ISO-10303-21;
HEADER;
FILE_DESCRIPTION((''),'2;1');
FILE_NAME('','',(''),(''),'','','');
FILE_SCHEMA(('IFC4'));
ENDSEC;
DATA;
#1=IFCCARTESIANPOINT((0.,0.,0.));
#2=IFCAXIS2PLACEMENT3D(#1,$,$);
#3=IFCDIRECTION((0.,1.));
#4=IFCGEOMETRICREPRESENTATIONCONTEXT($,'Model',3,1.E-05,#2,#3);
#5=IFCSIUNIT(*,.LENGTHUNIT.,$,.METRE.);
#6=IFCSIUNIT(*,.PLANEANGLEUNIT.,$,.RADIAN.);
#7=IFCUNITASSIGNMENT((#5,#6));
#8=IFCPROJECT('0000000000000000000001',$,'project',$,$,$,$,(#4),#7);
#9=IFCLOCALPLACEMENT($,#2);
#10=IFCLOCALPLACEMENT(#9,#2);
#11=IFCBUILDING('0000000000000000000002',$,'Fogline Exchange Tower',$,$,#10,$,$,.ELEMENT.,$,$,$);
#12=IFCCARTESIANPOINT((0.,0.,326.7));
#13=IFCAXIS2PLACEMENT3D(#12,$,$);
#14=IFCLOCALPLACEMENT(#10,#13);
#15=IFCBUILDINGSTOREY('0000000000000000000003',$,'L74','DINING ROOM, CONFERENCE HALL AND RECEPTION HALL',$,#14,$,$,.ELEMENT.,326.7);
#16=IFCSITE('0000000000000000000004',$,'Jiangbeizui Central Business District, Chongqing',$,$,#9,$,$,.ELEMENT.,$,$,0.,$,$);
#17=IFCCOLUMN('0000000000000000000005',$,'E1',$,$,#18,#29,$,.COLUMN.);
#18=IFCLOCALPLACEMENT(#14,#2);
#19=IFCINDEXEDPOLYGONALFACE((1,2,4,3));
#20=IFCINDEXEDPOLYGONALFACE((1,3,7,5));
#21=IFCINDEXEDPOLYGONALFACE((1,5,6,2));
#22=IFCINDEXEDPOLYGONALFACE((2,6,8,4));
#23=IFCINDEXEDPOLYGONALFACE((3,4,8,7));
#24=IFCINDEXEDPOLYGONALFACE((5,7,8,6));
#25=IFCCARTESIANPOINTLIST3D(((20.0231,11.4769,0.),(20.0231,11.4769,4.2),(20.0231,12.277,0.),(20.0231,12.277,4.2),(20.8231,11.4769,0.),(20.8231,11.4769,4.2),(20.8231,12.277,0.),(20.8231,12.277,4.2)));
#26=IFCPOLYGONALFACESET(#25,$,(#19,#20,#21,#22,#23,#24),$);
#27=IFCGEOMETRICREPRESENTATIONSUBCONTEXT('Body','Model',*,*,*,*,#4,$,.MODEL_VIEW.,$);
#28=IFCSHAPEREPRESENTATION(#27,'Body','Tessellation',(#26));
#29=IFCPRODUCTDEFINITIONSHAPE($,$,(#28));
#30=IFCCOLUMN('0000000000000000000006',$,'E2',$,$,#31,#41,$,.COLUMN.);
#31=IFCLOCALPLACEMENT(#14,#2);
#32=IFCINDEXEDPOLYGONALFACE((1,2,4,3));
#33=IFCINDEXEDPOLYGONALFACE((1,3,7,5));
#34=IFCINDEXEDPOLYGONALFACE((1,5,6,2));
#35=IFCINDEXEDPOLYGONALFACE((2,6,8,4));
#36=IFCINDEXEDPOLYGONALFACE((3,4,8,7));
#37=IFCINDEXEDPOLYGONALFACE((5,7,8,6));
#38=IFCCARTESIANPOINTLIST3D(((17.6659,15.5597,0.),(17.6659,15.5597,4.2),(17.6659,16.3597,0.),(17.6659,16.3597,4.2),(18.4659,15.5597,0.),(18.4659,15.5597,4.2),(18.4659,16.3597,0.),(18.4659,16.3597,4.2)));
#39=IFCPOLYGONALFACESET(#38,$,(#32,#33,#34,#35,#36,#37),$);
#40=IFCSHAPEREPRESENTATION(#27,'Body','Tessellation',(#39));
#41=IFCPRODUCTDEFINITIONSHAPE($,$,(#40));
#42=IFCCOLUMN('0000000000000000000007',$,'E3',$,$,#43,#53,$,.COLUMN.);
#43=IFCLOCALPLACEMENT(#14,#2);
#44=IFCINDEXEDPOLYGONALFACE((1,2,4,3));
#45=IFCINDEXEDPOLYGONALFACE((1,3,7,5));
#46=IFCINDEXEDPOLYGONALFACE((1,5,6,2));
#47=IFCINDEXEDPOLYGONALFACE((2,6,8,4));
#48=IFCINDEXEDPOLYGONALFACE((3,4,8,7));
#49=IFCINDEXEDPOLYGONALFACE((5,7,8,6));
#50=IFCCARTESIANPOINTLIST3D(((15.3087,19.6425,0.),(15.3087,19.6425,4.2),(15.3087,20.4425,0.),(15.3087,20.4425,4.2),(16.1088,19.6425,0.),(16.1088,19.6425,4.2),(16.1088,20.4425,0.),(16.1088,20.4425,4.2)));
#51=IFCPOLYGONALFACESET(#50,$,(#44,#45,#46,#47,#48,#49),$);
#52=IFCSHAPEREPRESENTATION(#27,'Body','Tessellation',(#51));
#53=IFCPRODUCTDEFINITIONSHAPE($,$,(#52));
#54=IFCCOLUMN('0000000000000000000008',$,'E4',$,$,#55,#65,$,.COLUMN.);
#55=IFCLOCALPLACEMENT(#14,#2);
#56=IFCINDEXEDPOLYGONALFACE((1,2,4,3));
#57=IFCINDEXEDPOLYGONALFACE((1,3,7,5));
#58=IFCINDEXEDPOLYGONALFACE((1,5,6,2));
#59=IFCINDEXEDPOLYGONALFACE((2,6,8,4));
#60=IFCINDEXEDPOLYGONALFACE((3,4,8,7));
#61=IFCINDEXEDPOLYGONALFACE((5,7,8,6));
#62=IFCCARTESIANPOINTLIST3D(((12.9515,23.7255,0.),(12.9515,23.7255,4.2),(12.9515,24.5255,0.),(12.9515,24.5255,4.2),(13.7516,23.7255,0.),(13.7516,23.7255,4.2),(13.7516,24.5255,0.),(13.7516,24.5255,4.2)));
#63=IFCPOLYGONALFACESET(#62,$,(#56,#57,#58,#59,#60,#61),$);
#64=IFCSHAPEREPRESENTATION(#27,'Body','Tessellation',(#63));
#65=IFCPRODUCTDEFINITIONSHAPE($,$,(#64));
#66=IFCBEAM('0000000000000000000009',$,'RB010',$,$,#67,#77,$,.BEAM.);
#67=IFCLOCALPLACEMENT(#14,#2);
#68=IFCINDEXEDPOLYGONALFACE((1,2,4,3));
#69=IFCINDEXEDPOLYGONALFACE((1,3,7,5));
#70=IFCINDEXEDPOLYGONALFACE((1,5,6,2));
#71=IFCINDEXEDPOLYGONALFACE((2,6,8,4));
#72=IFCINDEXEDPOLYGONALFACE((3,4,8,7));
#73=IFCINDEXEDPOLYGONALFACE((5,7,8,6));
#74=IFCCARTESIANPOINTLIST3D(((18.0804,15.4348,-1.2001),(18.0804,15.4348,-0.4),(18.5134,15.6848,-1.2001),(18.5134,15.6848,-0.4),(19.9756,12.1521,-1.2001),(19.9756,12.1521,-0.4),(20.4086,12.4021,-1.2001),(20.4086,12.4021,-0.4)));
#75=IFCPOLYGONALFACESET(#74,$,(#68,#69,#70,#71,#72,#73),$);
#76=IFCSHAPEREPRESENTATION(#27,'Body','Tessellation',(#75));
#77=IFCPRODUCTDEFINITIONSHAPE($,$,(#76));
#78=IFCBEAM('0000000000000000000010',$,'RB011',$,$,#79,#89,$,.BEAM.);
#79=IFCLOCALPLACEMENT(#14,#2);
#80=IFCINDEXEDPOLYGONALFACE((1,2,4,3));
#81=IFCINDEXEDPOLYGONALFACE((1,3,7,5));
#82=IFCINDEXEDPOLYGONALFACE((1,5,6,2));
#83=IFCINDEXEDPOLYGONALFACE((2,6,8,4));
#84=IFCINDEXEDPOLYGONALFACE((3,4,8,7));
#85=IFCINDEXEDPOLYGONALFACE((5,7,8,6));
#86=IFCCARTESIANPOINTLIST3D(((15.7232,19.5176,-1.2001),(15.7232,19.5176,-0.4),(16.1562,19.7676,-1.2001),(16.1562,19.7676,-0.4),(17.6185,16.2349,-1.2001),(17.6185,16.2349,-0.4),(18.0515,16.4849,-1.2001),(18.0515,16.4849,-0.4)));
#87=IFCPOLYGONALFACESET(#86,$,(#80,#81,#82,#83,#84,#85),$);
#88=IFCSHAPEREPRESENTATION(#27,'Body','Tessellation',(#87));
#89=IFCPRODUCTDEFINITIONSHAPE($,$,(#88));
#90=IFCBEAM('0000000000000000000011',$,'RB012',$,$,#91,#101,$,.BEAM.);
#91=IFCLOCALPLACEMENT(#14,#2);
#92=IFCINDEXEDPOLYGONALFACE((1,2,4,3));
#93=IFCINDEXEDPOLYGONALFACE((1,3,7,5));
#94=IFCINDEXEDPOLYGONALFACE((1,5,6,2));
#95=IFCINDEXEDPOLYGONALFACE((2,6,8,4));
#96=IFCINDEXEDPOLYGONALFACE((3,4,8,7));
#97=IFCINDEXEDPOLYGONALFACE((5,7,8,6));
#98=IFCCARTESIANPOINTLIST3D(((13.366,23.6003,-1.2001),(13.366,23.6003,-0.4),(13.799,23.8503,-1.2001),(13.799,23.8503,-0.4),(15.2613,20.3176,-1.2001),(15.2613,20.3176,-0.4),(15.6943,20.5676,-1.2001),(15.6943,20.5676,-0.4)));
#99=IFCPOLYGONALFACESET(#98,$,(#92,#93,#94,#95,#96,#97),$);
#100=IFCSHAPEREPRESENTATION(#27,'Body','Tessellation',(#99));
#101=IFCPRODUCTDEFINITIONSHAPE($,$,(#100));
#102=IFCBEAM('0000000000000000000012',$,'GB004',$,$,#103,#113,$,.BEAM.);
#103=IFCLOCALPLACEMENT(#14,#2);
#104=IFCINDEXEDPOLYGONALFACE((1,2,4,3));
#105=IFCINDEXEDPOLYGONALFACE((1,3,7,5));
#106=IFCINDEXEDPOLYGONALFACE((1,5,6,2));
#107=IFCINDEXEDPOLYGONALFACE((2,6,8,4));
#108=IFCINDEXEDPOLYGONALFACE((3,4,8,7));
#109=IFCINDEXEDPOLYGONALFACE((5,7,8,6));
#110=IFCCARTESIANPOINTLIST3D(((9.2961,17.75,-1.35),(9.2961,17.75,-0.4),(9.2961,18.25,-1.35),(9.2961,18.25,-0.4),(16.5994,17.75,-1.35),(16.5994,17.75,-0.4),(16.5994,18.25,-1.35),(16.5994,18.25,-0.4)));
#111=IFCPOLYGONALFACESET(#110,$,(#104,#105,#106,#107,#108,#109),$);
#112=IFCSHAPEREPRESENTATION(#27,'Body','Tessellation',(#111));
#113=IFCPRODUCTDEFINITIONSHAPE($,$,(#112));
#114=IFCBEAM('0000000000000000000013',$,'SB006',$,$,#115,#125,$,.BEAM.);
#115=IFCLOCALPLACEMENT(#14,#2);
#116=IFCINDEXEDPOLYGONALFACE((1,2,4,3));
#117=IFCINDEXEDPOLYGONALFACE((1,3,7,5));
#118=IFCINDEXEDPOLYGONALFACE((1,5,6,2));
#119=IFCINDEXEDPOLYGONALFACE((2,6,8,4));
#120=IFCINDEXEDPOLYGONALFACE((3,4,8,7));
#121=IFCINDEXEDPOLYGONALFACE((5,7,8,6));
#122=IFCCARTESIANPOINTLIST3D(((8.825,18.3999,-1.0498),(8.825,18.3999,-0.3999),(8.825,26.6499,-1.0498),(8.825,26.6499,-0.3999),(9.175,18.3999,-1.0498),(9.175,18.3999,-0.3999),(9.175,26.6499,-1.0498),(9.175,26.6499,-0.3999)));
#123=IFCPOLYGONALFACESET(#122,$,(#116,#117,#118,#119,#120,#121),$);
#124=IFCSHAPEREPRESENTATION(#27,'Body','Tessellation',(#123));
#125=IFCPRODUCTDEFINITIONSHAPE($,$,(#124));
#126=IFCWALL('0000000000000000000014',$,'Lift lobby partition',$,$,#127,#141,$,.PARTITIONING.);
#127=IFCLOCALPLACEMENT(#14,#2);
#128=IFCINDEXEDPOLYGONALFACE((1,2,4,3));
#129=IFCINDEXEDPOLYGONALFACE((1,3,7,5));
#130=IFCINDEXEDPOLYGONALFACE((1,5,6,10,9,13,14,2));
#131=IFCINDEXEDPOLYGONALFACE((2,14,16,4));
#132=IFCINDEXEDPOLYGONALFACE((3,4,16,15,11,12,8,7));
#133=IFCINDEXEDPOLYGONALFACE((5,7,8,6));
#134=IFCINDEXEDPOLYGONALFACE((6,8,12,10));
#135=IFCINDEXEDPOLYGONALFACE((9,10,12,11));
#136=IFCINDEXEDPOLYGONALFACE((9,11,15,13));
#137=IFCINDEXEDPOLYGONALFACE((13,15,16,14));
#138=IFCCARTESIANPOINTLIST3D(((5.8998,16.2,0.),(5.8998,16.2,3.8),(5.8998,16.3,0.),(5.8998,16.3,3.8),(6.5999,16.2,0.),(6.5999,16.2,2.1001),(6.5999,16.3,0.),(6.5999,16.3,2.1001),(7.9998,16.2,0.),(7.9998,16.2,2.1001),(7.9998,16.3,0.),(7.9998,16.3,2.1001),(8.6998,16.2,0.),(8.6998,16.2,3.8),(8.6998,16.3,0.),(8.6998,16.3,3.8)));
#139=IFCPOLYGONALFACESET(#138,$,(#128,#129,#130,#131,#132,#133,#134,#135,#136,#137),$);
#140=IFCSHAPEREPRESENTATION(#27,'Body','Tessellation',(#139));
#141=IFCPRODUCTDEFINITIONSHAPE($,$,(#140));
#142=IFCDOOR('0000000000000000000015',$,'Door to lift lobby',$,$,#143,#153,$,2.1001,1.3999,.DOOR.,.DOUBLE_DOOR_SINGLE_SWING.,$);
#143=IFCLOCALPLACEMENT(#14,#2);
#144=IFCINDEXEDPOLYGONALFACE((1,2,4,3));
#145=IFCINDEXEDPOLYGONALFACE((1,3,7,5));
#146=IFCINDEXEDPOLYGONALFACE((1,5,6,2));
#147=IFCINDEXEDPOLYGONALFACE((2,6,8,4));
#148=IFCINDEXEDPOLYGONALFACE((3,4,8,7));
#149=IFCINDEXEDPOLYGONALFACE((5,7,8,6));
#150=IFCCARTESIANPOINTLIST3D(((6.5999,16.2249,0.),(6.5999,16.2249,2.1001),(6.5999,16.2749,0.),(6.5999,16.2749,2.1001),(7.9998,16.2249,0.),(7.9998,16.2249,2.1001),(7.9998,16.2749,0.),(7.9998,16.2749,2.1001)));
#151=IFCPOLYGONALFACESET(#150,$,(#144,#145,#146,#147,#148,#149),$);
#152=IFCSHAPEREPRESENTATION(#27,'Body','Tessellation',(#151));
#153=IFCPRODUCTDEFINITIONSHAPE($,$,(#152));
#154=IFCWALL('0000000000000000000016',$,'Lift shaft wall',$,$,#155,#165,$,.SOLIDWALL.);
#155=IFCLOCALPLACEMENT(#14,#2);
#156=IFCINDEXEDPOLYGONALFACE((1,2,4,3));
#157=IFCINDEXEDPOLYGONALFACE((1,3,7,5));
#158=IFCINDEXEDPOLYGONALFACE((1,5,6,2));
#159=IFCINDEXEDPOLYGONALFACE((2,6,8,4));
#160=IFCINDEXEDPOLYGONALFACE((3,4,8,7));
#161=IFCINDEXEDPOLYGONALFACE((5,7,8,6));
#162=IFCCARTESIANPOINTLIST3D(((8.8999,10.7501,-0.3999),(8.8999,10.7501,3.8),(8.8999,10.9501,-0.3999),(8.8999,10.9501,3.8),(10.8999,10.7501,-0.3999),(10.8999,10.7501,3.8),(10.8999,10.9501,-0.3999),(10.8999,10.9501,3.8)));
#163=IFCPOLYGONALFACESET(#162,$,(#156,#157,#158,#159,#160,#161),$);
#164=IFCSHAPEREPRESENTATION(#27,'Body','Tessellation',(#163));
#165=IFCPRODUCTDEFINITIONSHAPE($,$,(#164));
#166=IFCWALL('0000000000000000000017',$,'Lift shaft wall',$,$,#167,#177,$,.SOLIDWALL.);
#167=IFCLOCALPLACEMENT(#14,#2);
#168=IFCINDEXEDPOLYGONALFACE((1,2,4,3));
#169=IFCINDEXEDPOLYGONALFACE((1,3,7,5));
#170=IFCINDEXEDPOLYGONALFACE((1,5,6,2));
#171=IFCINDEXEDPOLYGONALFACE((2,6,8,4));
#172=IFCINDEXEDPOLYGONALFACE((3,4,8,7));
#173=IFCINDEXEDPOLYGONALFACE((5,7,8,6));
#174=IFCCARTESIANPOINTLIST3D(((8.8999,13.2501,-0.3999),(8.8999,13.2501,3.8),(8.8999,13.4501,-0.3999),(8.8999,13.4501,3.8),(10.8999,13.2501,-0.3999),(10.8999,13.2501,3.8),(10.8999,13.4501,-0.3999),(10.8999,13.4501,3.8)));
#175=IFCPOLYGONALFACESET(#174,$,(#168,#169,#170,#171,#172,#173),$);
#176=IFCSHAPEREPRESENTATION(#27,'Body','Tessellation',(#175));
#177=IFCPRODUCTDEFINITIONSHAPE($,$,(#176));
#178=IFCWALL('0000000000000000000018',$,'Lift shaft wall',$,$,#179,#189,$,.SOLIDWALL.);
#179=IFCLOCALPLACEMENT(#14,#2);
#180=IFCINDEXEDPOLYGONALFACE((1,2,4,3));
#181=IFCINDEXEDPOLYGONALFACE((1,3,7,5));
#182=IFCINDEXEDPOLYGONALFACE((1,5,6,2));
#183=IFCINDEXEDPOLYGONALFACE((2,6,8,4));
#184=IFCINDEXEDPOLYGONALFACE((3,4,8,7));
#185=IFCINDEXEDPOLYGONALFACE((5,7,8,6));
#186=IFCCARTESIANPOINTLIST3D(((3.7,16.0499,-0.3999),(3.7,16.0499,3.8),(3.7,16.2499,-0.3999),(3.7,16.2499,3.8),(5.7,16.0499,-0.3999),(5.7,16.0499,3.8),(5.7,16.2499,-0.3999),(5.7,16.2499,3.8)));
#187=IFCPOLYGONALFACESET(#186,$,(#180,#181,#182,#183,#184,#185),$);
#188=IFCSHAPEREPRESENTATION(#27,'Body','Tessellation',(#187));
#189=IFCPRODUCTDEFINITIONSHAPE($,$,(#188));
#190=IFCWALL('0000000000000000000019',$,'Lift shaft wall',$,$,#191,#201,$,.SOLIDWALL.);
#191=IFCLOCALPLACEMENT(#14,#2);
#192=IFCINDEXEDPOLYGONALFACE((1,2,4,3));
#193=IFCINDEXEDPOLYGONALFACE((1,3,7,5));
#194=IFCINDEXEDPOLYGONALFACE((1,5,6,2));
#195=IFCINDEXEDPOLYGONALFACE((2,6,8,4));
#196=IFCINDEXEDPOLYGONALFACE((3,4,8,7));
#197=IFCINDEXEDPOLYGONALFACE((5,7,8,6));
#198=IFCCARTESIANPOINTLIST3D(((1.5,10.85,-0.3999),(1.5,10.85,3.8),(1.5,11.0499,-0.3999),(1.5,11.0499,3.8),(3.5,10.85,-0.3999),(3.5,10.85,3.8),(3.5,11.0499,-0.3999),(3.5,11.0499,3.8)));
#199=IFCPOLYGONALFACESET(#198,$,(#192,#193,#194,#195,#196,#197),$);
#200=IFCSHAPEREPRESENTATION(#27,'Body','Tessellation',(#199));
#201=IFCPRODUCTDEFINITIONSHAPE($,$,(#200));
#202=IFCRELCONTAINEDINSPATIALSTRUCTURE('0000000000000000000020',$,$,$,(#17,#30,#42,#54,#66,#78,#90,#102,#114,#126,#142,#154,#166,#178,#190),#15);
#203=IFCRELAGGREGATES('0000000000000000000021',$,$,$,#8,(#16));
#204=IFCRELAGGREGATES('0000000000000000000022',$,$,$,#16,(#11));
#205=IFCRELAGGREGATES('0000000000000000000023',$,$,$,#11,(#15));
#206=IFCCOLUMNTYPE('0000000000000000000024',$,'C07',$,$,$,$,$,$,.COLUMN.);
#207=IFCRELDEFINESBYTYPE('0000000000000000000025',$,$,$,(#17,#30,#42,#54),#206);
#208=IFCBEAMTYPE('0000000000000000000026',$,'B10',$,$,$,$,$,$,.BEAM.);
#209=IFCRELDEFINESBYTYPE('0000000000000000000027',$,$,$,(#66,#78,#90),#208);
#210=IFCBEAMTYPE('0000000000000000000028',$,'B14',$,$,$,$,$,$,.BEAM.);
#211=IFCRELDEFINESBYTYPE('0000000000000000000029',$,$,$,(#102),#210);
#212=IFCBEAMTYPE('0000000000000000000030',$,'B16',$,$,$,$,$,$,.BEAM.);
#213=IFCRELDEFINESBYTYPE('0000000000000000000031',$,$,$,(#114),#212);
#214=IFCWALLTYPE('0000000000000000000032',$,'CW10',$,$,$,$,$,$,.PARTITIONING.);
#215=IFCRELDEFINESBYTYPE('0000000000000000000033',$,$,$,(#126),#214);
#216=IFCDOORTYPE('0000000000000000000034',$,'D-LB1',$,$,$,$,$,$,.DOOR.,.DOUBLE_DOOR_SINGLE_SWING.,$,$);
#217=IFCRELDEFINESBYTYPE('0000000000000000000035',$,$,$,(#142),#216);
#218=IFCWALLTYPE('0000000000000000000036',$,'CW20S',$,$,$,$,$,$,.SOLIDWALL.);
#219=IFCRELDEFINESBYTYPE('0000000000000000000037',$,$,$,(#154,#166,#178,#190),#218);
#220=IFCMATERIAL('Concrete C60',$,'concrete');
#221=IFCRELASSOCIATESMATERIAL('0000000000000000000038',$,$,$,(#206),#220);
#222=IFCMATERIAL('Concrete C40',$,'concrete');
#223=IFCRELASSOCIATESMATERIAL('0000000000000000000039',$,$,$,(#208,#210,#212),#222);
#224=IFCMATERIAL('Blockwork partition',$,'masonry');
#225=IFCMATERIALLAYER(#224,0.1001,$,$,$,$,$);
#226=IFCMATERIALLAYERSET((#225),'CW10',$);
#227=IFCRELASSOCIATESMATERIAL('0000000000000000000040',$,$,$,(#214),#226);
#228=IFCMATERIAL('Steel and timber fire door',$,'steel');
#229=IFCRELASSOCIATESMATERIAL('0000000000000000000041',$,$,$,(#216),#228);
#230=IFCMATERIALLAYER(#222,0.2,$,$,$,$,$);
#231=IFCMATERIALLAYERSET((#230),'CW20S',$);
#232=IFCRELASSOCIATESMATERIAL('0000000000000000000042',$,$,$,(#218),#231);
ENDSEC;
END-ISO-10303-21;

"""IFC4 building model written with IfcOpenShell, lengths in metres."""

from ifc_helpers import new_model, si_unit, direction, frame, frame_2d, origin, origin_2d, place, context, subcontext, project, spatial, rectangle, extrude, material, layer, layer_set, material_profile, profile_set, type_object, element, fill, save


model = new_model("IFC4")

# Units and contexts
model_context = context("Model", 3, precision=1e-05, world=origin(), true_north=direction((0.0, 1.0)))
body_context = subcontext(model_context, "Body", "Model", "MODEL_VIEW")
ifc_project = project(units=[si_unit("LENGTHUNIT", "METRE"), si_unit("PLANEANGLEUNIT", "RADIAN")], contexts=[model_context])

# Site, building, storey
site_placement = place(None, origin())
site = spatial("IfcSite", under=ifc_project, at=site_placement, Name="Jiangbeizui Central Business District, Chongqing", CompositionType="ELEMENT", RefElevation=0.0)
building_placement = place(site_placement, origin())
building = spatial("IfcBuilding", under=site, at=building_placement, Name="Fogline Exchange Tower", CompositionType="ELEMENT")
storey_placement = place(building_placement, frame((0.0, 0.0, 326.7)))
storey = spatial("IfcBuildingStorey", under=building, at=storey_placement, Name="L74", Description="DINING ROOM, CONFERENCE HALL AND RECEPTION HALL", CompositionType="ELEMENT", Elevation=326.7)

# Columns
ifc_material_1 = material(Name="Concrete C60", Category="concrete")
ifc_material_profile_1 = material_profile(ifc_material_1, rectangle(XDim=0.8, YDim=0.8, at=origin_2d()), Name="RC 800x800")
ifc_profile_set_1 = profile_set([ifc_material_profile_1], Name="Concrete C60")
column_type = type_object("IfcColumnType", Name="C07", PredefinedType="COLUMN", material=ifc_profile_set_1)
for number, where, z_axis, x_axis, name in (
    (1, (20.4231, 11.877, 0.0), (0.0, 0.0, 1.0), (1.0, 0.0, 0.0), "E1"),
    (2, (18.0659, 15.9597, 0.0), (0.0, 0.0, 1.0), (1.0, 0.0, 0.0), "E2"),
    (3, (15.7087, 20.0425, 0.0), (0.0, 0.0, 1.0), (1.0, 0.0, 0.0), "E3"),
    (4, (13.3516, 24.1255, 0.0), (0.0, 0.0, 1.0), (1.0, 0.0, 0.0), "E4"),
):
    element("IfcColumn", number, at=place(storey_placement, frame(where, z_axis=z_axis, x_axis=x_axis)), inside=storey, type_object=column_type, Name=name, PredefinedType="COLUMN", context=body_context, shape_type="SweptSolid", body=[
        extrude(rectangle(XDim=0.8, YDim=0.8, at=origin_2d()), origin(), (0.0, 0.0, 1.0), 4.2),
    ])

# Beams
ifc_material_2 = material(Name="Concrete C40", Category="concrete")
ifc_material_profile_2 = material_profile(ifc_material_2, rectangle(XDim=0.5, YDim=0.8, at=origin_2d()), Name="RC 500x800")
ifc_profile_set_2 = profile_set([ifc_material_profile_2], Name="Concrete C40")
beam_type_1 = type_object("IfcBeamType", Name="B10", PredefinedType="BEAM", material=ifc_profile_set_2)
for number, where, z_axis, x_axis, name in (
    (5, (20.1921, 12.2771, -0.8), (-0.499998, 0.866027, 0.0), (-0.866027, -0.499998, 0.0), "RB010"),
    (6, (17.835, 16.3599, -0.8), (-0.499998, 0.866027, 0.0), (-0.866027, -0.499998, 0.0), "RB011"),
    (7, (15.4778, 20.4426, -0.8), (-0.499998, 0.866027, 0.0), (-0.866027, -0.499998, 0.0), "RB012"),
):
    element("IfcBeam", number, at=place(storey_placement, frame(where, z_axis=z_axis, x_axis=x_axis)), inside=storey, type_object=beam_type_1, Name=name, PredefinedType="BEAM", context=body_context, shape_type="SweptSolid", body=[
        extrude(rectangle(XDim=0.5, YDim=0.8, at=origin_2d()), origin(), (0.0, 0.0, 1.0), 3.7905),
    ])
ifc_material_profile_3 = material_profile(ifc_material_2, rectangle(XDim=0.5, YDim=0.95, at=origin_2d()), Name="RC 500x950")
ifc_profile_set_3 = profile_set([ifc_material_profile_3], Name="Concrete C40")
beam_type_2 = type_object("IfcBeamType", Name="B14", PredefinedType="BEAM", material=ifc_profile_set_3)
beam_1_placement = place(storey_placement, frame((9.2961, 18.0, -0.875), z_axis=(1.0, 0.0, 0.0), x_axis=(0.0, 1.0, 0.0)))
element("IfcBeam", 8, at=beam_1_placement, inside=storey, type_object=beam_type_2, Name="GB004", PredefinedType="BEAM", context=body_context, shape_type="SweptSolid", body=[
    extrude(rectangle(XDim=0.5, YDim=0.95, at=origin_2d()), origin(), (0.0, 0.0, 1.0), 7.3032),
])
ifc_material_profile_4 = material_profile(ifc_material_2, rectangle(XDim=0.3501, YDim=0.6499, at=origin_2d()), Name="RC 350x650")
ifc_profile_set_4 = profile_set([ifc_material_profile_4], Name="Concrete C40")
beam_type_3 = type_object("IfcBeamType", Name="B16", PredefinedType="BEAM", material=ifc_profile_set_4)
beam_2_placement = place(storey_placement, frame((9.0, 18.3999, -0.7249), z_axis=(0.0, 1.0, 0.0), x_axis=(-1.0, 0.0, 0.0)))
element("IfcBeam", 9, at=beam_2_placement, inside=storey, type_object=beam_type_3, Name="SB006", PredefinedType="BEAM", context=body_context, shape_type="SweptSolid", body=[
    extrude(rectangle(XDim=0.3501, YDim=0.6499, at=origin_2d()), origin(), (0.0, 0.0, 1.0), 8.25),
])

# Wall, opening, door
ifc_material_3 = material(Name="Blockwork partition", Category="masonry")
ifc_layer_1 = layer(ifc_material_3, 0.1001)
ifc_layer_set_1 = layer_set([ifc_layer_1], Name="CW10")
wall_type_1 = type_object("IfcWallType", Name="CW10", PredefinedType="PARTITIONING", material=ifc_layer_set_1)
wall_1_placement = place(storey_placement, frame((5.8999, 16.25, 0.0), z_axis=(0.0, 0.0, 1.0), x_axis=(1.0, 0.0, 0.0)))
wall_1 = element("IfcWall", 10, at=wall_1_placement, inside=storey, type_object=wall_type_1, Name="Lift lobby partition", PredefinedType="PARTITIONING", context=body_context, shape_type="SweptSolid", body=[
    extrude(rectangle(XDim=2.8, YDim=0.1001, at=frame_2d((1.3999, 0.0))), origin(), (0.0, 0.0, 1.0), 3.8),
])
opening_1_placement = place(wall_1_placement, frame((0.7, 0.0, 0.0)))
opening_1 = element("IfcOpeningElement", 11, at=opening_1_placement, cuts=wall_1, PredefinedType="OPENING", context=body_context, shape_type="SweptSolid", body=[
    extrude(rectangle(XDim=1.3999, YDim=2.1001, at=frame_2d((0.7, 1.05))), frame((0.0, 0.0601, 0.0), z_axis=(0.0, -1.0, 0.0), x_axis=(1.0, 0.0, 0.0)), (0.0, 0.0, 1.0), 0.1201),
])
ifc_material_4 = material(Name="Steel and timber fire door", Category="steel")
door_type_1 = type_object("IfcDoorType", Name="D-LB1", OperationType="DOUBLE_DOOR_SINGLE_SWING", PredefinedType="DOOR", material=ifc_material_4)
door_1_placement = place(opening_1_placement, origin())
door_1 = element("IfcDoor", 12, at=door_1_placement, inside=storey, type_object=door_type_1, Name="Door to lift lobby", OperationType="DOUBLE_DOOR_SINGLE_SWING", OverallHeight=2.1001, OverallWidth=1.3999, PredefinedType="DOOR", context=body_context, shape_type="SweptSolid", body=[
    extrude(rectangle(XDim=1.3999, YDim=2.1001, at=frame_2d((0.7, 1.05))), frame((0.0, 0.0249, 0.0), z_axis=(0.0, -1.0, 0.0), x_axis=(1.0, 0.0, 0.0)), (0.0, 0.0, 1.0), 0.05),
])
fill(opening_1, door_1)

# Walls
ifc_layer_2 = layer(ifc_material_2, 0.2)
ifc_layer_set_2 = layer_set([ifc_layer_2], Name="CW20S")
wall_type_2 = type_object("IfcWallType", Name="CW20S", PredefinedType="SOLIDWALL", material=ifc_layer_set_2)
for number, where, z_axis, x_axis, name in (
    (13, (8.8999, 10.8501, -0.3999), (0.0, 0.0, 1.0), (1.0, 0.0, 0.0), "Lift shaft wall"),
    (14, (8.8999, 13.3501, -0.3999), (0.0, 0.0, 1.0), (1.0, 0.0, 0.0), "Lift shaft wall"),
    (15, (3.7, 16.1499, -0.3999), (0.0, 0.0, 1.0), (1.0, 0.0, 0.0), "Lift shaft wall"),
    (16, (1.5, 10.95, -0.3999), (0.0, 0.0, 1.0), (1.0, 0.0, 0.0), "Lift shaft wall"),
):
    element("IfcWall", number, at=place(storey_placement, frame(where, z_axis=z_axis, x_axis=x_axis)), inside=storey, type_object=wall_type_2, Name=name, PredefinedType="SOLIDWALL", context=body_context, shape_type="SweptSolid", body=[
        extrude(rectangle(XDim=2.0, YDim=0.2, at=frame_2d((1.0, 0.0))), origin(), (0.0, 0.0, 1.0), 4.2),
    ])

save(model, "model.ifc")
